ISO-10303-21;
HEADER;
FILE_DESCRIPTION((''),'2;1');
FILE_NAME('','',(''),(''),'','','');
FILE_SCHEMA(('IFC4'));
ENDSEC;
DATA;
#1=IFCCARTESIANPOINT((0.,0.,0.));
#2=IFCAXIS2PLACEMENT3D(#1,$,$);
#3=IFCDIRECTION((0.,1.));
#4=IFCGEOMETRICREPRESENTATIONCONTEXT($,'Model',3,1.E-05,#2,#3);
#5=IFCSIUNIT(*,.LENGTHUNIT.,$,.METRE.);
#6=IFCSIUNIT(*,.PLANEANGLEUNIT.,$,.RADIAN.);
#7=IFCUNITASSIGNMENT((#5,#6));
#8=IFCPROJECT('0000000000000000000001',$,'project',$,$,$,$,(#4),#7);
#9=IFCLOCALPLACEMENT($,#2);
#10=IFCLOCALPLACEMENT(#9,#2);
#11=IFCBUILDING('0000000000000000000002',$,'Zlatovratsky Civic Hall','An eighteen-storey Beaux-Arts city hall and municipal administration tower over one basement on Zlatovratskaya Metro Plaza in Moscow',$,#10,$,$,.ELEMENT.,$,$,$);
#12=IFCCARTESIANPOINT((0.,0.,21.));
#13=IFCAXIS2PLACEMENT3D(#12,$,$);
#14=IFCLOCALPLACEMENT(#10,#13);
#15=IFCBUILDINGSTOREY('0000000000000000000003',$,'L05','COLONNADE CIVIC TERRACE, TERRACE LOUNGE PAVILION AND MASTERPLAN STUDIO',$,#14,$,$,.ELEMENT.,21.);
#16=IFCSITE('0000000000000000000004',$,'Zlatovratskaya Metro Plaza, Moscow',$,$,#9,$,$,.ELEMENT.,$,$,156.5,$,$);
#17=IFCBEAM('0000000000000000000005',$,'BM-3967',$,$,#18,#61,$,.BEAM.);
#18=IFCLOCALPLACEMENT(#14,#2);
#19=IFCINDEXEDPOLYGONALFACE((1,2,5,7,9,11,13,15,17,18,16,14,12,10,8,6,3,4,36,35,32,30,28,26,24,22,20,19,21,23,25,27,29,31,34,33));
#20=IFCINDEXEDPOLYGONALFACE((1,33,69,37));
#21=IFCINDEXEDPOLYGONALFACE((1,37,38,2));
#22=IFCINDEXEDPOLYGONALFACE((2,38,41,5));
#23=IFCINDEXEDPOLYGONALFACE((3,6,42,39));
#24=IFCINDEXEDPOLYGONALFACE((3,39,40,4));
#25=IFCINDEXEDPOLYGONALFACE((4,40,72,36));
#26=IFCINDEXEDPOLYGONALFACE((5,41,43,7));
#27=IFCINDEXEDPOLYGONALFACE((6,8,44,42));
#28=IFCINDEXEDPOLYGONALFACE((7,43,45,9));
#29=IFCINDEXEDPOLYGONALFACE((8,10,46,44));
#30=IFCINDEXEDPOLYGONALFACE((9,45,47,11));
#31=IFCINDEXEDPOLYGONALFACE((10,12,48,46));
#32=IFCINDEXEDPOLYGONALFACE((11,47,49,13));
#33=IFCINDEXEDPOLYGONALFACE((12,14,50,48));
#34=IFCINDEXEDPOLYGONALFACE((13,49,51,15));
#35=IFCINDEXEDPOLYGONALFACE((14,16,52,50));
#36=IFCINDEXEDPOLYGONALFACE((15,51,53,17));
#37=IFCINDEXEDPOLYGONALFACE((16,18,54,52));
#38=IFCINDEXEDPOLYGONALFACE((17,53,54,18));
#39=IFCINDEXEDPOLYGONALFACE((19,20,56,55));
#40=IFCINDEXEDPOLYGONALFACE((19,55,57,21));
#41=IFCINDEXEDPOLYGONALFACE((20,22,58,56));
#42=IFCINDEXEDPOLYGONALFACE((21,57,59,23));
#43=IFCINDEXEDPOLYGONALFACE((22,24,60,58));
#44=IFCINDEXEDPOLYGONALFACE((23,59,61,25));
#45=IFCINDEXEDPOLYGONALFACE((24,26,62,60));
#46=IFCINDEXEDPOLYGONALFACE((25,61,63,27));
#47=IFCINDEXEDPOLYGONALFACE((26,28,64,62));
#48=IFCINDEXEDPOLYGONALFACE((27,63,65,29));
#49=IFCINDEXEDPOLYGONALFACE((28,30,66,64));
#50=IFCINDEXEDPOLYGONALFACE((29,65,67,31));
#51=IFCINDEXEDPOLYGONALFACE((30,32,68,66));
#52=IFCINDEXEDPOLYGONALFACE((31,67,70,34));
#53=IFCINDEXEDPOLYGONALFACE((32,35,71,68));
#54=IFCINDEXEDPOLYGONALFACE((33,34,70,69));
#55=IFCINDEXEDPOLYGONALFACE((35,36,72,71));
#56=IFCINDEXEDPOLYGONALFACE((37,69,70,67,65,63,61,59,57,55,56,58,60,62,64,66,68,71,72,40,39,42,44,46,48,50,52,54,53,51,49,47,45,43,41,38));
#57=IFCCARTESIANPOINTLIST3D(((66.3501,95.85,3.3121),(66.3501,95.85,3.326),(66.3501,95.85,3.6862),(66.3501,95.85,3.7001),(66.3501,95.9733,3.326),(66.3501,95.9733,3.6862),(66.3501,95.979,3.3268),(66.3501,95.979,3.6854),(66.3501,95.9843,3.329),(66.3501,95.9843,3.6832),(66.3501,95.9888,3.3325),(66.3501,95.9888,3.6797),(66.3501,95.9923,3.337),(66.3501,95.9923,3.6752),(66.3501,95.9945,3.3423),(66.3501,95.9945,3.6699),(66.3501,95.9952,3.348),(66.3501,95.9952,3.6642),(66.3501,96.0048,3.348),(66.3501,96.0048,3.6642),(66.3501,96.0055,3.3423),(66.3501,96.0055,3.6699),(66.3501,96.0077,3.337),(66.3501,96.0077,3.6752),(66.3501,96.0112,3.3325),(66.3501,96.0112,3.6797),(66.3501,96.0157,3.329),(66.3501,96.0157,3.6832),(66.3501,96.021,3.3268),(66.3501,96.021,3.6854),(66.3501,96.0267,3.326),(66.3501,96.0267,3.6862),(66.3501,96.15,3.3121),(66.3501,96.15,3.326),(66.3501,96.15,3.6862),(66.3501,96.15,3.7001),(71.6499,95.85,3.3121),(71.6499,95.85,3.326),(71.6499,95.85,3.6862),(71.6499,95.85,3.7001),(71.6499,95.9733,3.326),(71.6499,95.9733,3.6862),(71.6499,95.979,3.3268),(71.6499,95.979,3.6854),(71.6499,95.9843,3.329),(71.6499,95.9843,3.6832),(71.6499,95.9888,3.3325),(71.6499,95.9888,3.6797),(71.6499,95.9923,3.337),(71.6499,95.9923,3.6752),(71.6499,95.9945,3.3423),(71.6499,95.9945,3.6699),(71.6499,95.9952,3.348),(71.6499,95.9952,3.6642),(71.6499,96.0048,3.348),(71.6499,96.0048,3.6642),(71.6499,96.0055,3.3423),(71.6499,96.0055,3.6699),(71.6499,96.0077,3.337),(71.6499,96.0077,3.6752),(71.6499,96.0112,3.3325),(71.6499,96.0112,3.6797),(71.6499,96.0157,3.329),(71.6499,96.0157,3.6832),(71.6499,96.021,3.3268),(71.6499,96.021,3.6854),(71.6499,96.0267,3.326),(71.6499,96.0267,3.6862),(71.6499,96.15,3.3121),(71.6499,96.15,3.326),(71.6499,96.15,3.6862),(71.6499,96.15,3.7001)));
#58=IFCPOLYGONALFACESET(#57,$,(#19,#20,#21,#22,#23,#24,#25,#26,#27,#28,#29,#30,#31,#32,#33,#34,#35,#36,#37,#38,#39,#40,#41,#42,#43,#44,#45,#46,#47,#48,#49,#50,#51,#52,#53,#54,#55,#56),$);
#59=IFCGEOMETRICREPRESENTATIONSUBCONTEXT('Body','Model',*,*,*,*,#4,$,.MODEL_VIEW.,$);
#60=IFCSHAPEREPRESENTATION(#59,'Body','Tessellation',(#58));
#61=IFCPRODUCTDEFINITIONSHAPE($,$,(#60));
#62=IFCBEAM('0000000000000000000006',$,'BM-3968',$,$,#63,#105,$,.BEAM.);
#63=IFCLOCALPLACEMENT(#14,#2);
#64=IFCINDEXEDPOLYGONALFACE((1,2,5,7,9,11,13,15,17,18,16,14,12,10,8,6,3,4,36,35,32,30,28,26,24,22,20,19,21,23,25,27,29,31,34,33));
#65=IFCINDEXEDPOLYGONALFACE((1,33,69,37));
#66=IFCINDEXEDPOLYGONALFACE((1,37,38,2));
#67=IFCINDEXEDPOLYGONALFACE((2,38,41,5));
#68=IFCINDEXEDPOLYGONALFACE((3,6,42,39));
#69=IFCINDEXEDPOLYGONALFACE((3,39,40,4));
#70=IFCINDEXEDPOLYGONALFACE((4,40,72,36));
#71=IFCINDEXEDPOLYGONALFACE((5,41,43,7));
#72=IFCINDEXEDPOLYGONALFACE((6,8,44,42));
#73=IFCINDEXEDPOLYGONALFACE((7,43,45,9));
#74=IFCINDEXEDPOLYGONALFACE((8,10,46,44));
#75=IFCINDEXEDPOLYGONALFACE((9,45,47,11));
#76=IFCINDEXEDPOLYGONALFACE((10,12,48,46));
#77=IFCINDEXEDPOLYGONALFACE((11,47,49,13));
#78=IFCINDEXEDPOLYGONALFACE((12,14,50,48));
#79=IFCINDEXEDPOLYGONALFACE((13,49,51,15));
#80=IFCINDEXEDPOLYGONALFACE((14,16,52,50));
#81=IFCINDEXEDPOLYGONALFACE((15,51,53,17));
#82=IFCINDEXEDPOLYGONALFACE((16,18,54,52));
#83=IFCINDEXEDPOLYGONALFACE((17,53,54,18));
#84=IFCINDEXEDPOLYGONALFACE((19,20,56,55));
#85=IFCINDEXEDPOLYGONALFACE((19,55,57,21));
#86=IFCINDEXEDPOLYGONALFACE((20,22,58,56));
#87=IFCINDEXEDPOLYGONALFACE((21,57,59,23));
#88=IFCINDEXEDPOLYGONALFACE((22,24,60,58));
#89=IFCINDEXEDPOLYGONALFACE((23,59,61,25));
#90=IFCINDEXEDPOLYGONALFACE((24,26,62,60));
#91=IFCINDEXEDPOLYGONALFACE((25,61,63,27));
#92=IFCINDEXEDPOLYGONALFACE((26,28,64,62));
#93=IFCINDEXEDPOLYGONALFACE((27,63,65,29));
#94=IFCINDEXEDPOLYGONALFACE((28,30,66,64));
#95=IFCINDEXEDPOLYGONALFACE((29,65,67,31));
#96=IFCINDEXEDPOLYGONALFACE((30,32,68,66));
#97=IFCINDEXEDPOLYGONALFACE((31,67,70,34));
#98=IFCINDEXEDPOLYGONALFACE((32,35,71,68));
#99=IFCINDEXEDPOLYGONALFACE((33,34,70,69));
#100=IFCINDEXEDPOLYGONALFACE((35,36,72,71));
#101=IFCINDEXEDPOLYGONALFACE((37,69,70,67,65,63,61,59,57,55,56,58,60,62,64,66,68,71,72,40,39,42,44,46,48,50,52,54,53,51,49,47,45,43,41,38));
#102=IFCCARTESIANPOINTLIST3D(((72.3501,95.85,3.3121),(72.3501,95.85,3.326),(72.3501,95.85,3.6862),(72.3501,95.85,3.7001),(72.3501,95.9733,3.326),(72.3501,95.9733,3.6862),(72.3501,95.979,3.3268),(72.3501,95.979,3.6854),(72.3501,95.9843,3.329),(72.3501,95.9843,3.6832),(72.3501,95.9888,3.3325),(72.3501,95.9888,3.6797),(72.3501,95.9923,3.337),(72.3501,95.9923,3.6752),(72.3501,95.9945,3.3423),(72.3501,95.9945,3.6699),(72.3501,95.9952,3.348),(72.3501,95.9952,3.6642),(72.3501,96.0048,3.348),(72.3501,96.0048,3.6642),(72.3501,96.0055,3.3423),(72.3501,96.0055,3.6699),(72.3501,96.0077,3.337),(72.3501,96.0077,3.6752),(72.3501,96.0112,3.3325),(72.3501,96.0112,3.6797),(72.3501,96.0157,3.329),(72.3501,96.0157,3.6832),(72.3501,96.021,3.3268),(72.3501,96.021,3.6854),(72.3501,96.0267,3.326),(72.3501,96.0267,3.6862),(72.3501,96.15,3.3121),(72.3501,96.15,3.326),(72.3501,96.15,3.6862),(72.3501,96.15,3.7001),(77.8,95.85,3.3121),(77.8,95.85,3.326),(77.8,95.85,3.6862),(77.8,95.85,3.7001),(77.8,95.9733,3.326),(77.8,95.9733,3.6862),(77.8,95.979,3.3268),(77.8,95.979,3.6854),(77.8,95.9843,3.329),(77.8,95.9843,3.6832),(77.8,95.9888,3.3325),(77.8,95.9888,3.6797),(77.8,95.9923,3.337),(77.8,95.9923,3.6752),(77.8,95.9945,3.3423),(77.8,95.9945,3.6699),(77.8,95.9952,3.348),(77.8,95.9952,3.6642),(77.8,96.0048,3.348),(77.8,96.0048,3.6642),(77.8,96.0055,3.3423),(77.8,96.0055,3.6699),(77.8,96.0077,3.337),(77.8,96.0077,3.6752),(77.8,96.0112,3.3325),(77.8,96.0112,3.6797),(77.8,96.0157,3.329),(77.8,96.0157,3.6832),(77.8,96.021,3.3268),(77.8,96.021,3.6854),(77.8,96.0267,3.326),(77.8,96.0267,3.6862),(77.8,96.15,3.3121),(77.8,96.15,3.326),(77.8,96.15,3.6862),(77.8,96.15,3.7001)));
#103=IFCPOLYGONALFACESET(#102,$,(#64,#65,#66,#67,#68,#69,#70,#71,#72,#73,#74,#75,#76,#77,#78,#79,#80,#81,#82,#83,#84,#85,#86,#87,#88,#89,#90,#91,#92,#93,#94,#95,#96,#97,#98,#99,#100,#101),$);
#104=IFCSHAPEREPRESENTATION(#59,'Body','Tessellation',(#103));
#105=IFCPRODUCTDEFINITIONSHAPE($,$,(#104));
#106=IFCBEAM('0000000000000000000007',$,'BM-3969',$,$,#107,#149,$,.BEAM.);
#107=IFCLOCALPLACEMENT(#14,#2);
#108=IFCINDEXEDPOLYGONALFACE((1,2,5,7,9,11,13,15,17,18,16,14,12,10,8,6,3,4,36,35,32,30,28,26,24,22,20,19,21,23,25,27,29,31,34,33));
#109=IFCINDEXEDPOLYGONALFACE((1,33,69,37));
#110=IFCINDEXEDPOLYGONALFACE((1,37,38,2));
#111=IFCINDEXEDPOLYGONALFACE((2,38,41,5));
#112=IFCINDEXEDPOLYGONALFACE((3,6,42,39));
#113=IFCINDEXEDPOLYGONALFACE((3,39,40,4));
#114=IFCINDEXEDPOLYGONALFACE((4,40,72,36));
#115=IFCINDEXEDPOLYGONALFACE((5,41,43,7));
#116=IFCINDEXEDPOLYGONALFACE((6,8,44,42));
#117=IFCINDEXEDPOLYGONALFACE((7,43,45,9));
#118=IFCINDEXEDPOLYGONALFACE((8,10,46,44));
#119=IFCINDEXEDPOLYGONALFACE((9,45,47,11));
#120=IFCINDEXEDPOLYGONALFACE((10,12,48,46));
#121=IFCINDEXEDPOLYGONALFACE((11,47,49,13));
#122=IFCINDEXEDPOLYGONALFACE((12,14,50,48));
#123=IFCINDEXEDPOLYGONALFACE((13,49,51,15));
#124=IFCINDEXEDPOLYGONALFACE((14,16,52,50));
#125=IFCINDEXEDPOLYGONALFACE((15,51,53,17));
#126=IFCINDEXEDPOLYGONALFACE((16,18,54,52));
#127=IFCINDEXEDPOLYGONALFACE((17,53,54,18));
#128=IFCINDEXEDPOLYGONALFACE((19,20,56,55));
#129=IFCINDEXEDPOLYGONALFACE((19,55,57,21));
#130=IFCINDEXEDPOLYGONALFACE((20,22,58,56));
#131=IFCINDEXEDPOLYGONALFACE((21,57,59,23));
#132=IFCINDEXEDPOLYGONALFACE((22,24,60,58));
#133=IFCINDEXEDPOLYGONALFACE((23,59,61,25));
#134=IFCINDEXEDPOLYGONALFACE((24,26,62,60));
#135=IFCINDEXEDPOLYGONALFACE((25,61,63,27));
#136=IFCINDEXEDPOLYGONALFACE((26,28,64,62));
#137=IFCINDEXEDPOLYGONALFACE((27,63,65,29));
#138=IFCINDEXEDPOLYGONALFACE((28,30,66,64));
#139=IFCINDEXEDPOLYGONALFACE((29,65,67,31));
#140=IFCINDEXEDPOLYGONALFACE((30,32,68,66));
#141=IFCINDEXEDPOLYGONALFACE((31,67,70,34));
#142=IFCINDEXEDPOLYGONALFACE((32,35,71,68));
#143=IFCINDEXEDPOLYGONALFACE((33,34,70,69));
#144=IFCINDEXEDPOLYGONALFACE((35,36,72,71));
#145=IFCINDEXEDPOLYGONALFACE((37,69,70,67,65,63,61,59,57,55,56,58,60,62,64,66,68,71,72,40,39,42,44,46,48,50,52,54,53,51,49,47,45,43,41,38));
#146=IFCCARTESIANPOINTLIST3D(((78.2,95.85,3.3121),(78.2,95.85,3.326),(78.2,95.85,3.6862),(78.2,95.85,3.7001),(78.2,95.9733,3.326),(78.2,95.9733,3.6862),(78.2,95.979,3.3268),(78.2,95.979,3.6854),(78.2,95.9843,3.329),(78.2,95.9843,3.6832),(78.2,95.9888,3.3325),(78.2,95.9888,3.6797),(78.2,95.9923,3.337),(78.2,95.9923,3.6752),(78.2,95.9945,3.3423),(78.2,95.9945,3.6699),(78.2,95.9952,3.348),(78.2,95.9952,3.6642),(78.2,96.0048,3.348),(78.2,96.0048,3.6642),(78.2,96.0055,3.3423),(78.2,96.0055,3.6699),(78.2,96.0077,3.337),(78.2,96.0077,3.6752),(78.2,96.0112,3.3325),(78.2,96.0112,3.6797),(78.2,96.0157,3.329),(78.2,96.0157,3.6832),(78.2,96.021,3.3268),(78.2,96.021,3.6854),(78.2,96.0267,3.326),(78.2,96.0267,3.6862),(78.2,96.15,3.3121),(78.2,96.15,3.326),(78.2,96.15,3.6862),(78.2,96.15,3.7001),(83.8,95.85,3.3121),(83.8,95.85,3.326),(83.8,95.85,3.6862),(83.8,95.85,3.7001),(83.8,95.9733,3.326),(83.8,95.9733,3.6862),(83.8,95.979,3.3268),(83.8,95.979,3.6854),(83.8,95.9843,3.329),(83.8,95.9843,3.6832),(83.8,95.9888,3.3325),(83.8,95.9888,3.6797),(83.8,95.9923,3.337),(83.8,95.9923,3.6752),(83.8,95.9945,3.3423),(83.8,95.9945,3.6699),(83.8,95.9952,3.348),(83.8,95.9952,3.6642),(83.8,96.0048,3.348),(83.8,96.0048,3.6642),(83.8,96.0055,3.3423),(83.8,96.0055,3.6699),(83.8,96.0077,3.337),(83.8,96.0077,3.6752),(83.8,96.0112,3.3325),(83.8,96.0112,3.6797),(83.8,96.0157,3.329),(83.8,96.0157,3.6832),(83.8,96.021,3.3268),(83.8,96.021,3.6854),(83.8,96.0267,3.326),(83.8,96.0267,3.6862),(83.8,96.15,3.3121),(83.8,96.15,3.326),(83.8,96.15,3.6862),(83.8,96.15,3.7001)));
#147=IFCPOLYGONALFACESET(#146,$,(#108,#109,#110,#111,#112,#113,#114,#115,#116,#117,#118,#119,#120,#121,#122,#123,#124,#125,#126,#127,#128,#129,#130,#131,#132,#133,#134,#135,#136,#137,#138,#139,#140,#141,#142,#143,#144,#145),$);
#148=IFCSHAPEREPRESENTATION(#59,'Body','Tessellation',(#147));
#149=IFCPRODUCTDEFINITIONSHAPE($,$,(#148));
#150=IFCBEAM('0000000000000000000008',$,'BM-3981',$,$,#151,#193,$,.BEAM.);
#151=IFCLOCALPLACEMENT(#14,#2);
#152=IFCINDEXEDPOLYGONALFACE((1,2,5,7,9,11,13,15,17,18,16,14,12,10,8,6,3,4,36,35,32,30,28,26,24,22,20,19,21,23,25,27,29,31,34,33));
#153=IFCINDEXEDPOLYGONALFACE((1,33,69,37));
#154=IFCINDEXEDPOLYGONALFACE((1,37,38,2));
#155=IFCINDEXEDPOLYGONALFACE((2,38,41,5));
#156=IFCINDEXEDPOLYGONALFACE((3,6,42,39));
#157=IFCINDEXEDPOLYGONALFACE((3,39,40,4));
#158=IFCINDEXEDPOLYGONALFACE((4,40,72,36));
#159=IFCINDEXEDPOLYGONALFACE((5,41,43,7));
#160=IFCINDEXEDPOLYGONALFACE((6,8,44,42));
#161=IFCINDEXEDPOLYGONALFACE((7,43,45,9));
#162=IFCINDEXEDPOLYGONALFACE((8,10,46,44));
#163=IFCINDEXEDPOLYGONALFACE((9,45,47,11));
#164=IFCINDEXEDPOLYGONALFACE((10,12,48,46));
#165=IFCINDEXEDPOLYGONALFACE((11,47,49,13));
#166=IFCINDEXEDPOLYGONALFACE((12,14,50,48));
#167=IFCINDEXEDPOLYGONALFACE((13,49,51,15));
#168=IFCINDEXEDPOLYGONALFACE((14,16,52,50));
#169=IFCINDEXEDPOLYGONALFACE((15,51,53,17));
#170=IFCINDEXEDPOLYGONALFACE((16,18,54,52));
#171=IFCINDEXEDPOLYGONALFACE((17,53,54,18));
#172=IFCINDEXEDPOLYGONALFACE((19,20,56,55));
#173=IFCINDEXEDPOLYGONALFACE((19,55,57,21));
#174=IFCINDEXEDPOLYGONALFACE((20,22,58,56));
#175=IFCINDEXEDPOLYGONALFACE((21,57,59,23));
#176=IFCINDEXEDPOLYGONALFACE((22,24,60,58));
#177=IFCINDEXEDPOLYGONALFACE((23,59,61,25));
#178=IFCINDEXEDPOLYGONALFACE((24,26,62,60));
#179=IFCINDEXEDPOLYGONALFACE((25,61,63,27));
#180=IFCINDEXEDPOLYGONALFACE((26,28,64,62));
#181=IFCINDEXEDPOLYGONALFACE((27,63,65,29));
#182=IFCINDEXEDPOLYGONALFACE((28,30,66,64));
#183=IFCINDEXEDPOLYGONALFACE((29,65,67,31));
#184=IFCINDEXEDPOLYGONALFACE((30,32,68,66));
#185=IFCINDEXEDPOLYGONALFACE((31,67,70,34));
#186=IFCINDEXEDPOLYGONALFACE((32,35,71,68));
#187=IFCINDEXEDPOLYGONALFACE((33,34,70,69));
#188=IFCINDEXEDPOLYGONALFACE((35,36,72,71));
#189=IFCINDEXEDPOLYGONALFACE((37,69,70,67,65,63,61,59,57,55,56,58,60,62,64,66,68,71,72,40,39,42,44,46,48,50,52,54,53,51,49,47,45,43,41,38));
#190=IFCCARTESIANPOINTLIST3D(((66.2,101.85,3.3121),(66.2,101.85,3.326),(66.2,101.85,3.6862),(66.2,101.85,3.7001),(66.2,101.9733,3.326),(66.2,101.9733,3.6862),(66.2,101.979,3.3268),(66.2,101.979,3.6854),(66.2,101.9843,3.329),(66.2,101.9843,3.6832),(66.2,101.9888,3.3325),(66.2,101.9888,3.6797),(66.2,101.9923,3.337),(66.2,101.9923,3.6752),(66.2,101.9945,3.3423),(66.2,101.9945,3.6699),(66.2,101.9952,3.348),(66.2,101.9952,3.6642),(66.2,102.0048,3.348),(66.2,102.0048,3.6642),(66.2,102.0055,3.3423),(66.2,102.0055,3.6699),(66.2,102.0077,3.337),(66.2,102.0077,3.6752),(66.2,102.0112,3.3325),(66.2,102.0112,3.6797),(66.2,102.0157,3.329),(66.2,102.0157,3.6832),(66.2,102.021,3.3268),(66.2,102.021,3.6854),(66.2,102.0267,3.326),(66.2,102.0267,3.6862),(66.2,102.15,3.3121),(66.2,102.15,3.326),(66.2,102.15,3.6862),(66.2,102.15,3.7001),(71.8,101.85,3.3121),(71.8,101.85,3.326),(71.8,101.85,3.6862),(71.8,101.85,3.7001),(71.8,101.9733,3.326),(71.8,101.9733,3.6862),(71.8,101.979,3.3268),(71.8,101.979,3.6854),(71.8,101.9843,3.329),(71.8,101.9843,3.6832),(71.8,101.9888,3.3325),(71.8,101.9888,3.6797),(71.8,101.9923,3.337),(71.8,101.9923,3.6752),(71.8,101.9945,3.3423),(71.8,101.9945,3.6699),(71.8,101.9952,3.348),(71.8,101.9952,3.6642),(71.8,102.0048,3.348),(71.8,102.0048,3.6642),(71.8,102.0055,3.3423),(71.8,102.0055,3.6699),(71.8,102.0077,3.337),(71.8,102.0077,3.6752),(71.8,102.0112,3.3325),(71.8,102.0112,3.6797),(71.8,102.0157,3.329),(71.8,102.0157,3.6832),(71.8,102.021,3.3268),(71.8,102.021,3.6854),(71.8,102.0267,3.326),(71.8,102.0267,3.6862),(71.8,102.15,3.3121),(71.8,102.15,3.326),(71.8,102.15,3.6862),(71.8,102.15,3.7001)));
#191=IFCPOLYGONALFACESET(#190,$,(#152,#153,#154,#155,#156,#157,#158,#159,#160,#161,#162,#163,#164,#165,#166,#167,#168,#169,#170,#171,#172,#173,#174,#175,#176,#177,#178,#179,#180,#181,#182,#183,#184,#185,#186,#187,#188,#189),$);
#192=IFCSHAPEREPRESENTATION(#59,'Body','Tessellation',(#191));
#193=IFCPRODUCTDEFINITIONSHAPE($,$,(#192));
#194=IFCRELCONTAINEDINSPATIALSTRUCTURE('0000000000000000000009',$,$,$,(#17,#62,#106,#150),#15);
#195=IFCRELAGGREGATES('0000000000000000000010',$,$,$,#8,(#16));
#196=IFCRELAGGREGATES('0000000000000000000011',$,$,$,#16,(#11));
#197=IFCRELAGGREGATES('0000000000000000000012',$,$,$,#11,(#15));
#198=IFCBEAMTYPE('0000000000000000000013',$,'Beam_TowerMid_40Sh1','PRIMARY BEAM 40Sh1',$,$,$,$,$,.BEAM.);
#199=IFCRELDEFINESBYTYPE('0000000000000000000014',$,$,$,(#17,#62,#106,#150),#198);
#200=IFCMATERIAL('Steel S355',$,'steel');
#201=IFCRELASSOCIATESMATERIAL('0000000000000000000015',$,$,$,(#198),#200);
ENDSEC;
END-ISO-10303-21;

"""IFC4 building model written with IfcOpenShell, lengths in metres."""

from ifc_helpers import new_model, si_unit, direction, frame, origin, origin_2d, place, context, subcontext, project, spatial, i_section, extrude, material, material_profile, profile_set, type_object, element, save


model = new_model("IFC4")

# Units and contexts
model_context = context("Model", 3, precision=1e-05, world=origin(), true_north=direction((0.0, 1.0)))
body_context = subcontext(model_context, "Body", "Model", "MODEL_VIEW")
ifc_project = project(units=[si_unit("LENGTHUNIT", "METRE"), si_unit("PLANEANGLEUNIT", "RADIAN")], contexts=[model_context])

# Site, building, storey
site_placement = place(None, origin())
site = spatial("IfcSite", under=ifc_project, at=site_placement, Name="Zlatovratskaya Metro Plaza, Moscow", CompositionType="ELEMENT", RefElevation=156.5)
building_placement = place(site_placement, origin())
building = spatial("IfcBuilding", under=site, at=building_placement, Name="Zlatovratsky Civic Hall", Description="An eighteen-storey Beaux-Arts city hall and municipal administration tower over one basement on Zlatovratskaya Metro Plaza in Moscow", CompositionType="ELEMENT")
storey_placement = place(building_placement, frame((0.0, 0.0, 21.0)))
storey = spatial("IfcBuildingStorey", under=building, at=storey_placement, Name="L05", Description="COLONNADE CIVIC TERRACE, TERRACE LOUNGE PAVILION AND MASTERPLAN STUDIO", CompositionType="ELEMENT", Elevation=21.0)

# Shared definitions
ifc_material_1 = material(Name="Steel S355", Category="steel")

# Beams
ifc_material_profile_1 = material_profile(ifc_material_1, i_section(OverallWidth=0.3, OverallDepth=0.3879, WebThickness=0.0095, FlangeThickness=0.0139, FilletRadius=0.022, at=origin_2d()), Name="40Sh1")
ifc_profile_set_1 = profile_set([ifc_material_profile_1], Name="Steel S355")
beam_type_1 = type_object("IfcBeamType", Name="Beam_TowerMid_40Sh1", Description="PRIMARY BEAM 40Sh1", PredefinedType="BEAM", material=ifc_profile_set_1)
beam_1_placement = place(storey_placement, frame((66.3501, 96.0, 3.5061), z_axis=(1.0, 0.0, 0.0), x_axis=(0.0, 1.0, 0.0)))
element("IfcBeam", 1, at=beam_1_placement, inside=storey, type_object=beam_type_1, Name="BM-3967", PredefinedType="BEAM", context=body_context, shape_type="SweptSolid", body=[
    extrude(i_section(OverallWidth=0.3, OverallDepth=0.3879, WebThickness=0.0095, FlangeThickness=0.0139, FilletRadius=0.022, at=origin_2d()), origin(), (0.0, 0.0, 1.0), 5.2998),
])
beam_2_placement = place(storey_placement, frame((72.3501, 96.0, 3.5061), z_axis=(1.0, 0.0, 0.0), x_axis=(0.0, 1.0, 0.0)))
element("IfcBeam", 2, at=beam_2_placement, inside=storey, type_object=beam_type_1, Name="BM-3968", PredefinedType="BEAM", context=body_context, shape_type="SweptSolid", body=[
    extrude(i_section(OverallWidth=0.3, OverallDepth=0.3879, WebThickness=0.0095, FlangeThickness=0.0139, FilletRadius=0.022, at=origin_2d()), origin(), (0.0, 0.0, 1.0), 5.45),
])
for number, where, z_axis, x_axis, name in (
    (3, (78.2, 96.0, 3.5061), (1.0, 0.0, 0.0), (0.0, 1.0, 0.0), "BM-3969"),
    (4, (66.2, 102.0, 3.5061), (1.0, 0.0, 0.0), (0.0, 1.0, 0.0), "BM-3981"),
):
    element("IfcBeam", number, at=place(storey_placement, frame(where, z_axis=z_axis, x_axis=x_axis)), inside=storey, type_object=beam_type_1, Name=name, PredefinedType="BEAM", context=body_context, shape_type="SweptSolid", body=[
        extrude(i_section(OverallWidth=0.3, OverallDepth=0.3879, WebThickness=0.0095, FlangeThickness=0.0139, FilletRadius=0.022, at=origin_2d()), origin(), (0.0, 0.0, 1.0), 5.6001),
    ])

save(model, "model.ifc")
